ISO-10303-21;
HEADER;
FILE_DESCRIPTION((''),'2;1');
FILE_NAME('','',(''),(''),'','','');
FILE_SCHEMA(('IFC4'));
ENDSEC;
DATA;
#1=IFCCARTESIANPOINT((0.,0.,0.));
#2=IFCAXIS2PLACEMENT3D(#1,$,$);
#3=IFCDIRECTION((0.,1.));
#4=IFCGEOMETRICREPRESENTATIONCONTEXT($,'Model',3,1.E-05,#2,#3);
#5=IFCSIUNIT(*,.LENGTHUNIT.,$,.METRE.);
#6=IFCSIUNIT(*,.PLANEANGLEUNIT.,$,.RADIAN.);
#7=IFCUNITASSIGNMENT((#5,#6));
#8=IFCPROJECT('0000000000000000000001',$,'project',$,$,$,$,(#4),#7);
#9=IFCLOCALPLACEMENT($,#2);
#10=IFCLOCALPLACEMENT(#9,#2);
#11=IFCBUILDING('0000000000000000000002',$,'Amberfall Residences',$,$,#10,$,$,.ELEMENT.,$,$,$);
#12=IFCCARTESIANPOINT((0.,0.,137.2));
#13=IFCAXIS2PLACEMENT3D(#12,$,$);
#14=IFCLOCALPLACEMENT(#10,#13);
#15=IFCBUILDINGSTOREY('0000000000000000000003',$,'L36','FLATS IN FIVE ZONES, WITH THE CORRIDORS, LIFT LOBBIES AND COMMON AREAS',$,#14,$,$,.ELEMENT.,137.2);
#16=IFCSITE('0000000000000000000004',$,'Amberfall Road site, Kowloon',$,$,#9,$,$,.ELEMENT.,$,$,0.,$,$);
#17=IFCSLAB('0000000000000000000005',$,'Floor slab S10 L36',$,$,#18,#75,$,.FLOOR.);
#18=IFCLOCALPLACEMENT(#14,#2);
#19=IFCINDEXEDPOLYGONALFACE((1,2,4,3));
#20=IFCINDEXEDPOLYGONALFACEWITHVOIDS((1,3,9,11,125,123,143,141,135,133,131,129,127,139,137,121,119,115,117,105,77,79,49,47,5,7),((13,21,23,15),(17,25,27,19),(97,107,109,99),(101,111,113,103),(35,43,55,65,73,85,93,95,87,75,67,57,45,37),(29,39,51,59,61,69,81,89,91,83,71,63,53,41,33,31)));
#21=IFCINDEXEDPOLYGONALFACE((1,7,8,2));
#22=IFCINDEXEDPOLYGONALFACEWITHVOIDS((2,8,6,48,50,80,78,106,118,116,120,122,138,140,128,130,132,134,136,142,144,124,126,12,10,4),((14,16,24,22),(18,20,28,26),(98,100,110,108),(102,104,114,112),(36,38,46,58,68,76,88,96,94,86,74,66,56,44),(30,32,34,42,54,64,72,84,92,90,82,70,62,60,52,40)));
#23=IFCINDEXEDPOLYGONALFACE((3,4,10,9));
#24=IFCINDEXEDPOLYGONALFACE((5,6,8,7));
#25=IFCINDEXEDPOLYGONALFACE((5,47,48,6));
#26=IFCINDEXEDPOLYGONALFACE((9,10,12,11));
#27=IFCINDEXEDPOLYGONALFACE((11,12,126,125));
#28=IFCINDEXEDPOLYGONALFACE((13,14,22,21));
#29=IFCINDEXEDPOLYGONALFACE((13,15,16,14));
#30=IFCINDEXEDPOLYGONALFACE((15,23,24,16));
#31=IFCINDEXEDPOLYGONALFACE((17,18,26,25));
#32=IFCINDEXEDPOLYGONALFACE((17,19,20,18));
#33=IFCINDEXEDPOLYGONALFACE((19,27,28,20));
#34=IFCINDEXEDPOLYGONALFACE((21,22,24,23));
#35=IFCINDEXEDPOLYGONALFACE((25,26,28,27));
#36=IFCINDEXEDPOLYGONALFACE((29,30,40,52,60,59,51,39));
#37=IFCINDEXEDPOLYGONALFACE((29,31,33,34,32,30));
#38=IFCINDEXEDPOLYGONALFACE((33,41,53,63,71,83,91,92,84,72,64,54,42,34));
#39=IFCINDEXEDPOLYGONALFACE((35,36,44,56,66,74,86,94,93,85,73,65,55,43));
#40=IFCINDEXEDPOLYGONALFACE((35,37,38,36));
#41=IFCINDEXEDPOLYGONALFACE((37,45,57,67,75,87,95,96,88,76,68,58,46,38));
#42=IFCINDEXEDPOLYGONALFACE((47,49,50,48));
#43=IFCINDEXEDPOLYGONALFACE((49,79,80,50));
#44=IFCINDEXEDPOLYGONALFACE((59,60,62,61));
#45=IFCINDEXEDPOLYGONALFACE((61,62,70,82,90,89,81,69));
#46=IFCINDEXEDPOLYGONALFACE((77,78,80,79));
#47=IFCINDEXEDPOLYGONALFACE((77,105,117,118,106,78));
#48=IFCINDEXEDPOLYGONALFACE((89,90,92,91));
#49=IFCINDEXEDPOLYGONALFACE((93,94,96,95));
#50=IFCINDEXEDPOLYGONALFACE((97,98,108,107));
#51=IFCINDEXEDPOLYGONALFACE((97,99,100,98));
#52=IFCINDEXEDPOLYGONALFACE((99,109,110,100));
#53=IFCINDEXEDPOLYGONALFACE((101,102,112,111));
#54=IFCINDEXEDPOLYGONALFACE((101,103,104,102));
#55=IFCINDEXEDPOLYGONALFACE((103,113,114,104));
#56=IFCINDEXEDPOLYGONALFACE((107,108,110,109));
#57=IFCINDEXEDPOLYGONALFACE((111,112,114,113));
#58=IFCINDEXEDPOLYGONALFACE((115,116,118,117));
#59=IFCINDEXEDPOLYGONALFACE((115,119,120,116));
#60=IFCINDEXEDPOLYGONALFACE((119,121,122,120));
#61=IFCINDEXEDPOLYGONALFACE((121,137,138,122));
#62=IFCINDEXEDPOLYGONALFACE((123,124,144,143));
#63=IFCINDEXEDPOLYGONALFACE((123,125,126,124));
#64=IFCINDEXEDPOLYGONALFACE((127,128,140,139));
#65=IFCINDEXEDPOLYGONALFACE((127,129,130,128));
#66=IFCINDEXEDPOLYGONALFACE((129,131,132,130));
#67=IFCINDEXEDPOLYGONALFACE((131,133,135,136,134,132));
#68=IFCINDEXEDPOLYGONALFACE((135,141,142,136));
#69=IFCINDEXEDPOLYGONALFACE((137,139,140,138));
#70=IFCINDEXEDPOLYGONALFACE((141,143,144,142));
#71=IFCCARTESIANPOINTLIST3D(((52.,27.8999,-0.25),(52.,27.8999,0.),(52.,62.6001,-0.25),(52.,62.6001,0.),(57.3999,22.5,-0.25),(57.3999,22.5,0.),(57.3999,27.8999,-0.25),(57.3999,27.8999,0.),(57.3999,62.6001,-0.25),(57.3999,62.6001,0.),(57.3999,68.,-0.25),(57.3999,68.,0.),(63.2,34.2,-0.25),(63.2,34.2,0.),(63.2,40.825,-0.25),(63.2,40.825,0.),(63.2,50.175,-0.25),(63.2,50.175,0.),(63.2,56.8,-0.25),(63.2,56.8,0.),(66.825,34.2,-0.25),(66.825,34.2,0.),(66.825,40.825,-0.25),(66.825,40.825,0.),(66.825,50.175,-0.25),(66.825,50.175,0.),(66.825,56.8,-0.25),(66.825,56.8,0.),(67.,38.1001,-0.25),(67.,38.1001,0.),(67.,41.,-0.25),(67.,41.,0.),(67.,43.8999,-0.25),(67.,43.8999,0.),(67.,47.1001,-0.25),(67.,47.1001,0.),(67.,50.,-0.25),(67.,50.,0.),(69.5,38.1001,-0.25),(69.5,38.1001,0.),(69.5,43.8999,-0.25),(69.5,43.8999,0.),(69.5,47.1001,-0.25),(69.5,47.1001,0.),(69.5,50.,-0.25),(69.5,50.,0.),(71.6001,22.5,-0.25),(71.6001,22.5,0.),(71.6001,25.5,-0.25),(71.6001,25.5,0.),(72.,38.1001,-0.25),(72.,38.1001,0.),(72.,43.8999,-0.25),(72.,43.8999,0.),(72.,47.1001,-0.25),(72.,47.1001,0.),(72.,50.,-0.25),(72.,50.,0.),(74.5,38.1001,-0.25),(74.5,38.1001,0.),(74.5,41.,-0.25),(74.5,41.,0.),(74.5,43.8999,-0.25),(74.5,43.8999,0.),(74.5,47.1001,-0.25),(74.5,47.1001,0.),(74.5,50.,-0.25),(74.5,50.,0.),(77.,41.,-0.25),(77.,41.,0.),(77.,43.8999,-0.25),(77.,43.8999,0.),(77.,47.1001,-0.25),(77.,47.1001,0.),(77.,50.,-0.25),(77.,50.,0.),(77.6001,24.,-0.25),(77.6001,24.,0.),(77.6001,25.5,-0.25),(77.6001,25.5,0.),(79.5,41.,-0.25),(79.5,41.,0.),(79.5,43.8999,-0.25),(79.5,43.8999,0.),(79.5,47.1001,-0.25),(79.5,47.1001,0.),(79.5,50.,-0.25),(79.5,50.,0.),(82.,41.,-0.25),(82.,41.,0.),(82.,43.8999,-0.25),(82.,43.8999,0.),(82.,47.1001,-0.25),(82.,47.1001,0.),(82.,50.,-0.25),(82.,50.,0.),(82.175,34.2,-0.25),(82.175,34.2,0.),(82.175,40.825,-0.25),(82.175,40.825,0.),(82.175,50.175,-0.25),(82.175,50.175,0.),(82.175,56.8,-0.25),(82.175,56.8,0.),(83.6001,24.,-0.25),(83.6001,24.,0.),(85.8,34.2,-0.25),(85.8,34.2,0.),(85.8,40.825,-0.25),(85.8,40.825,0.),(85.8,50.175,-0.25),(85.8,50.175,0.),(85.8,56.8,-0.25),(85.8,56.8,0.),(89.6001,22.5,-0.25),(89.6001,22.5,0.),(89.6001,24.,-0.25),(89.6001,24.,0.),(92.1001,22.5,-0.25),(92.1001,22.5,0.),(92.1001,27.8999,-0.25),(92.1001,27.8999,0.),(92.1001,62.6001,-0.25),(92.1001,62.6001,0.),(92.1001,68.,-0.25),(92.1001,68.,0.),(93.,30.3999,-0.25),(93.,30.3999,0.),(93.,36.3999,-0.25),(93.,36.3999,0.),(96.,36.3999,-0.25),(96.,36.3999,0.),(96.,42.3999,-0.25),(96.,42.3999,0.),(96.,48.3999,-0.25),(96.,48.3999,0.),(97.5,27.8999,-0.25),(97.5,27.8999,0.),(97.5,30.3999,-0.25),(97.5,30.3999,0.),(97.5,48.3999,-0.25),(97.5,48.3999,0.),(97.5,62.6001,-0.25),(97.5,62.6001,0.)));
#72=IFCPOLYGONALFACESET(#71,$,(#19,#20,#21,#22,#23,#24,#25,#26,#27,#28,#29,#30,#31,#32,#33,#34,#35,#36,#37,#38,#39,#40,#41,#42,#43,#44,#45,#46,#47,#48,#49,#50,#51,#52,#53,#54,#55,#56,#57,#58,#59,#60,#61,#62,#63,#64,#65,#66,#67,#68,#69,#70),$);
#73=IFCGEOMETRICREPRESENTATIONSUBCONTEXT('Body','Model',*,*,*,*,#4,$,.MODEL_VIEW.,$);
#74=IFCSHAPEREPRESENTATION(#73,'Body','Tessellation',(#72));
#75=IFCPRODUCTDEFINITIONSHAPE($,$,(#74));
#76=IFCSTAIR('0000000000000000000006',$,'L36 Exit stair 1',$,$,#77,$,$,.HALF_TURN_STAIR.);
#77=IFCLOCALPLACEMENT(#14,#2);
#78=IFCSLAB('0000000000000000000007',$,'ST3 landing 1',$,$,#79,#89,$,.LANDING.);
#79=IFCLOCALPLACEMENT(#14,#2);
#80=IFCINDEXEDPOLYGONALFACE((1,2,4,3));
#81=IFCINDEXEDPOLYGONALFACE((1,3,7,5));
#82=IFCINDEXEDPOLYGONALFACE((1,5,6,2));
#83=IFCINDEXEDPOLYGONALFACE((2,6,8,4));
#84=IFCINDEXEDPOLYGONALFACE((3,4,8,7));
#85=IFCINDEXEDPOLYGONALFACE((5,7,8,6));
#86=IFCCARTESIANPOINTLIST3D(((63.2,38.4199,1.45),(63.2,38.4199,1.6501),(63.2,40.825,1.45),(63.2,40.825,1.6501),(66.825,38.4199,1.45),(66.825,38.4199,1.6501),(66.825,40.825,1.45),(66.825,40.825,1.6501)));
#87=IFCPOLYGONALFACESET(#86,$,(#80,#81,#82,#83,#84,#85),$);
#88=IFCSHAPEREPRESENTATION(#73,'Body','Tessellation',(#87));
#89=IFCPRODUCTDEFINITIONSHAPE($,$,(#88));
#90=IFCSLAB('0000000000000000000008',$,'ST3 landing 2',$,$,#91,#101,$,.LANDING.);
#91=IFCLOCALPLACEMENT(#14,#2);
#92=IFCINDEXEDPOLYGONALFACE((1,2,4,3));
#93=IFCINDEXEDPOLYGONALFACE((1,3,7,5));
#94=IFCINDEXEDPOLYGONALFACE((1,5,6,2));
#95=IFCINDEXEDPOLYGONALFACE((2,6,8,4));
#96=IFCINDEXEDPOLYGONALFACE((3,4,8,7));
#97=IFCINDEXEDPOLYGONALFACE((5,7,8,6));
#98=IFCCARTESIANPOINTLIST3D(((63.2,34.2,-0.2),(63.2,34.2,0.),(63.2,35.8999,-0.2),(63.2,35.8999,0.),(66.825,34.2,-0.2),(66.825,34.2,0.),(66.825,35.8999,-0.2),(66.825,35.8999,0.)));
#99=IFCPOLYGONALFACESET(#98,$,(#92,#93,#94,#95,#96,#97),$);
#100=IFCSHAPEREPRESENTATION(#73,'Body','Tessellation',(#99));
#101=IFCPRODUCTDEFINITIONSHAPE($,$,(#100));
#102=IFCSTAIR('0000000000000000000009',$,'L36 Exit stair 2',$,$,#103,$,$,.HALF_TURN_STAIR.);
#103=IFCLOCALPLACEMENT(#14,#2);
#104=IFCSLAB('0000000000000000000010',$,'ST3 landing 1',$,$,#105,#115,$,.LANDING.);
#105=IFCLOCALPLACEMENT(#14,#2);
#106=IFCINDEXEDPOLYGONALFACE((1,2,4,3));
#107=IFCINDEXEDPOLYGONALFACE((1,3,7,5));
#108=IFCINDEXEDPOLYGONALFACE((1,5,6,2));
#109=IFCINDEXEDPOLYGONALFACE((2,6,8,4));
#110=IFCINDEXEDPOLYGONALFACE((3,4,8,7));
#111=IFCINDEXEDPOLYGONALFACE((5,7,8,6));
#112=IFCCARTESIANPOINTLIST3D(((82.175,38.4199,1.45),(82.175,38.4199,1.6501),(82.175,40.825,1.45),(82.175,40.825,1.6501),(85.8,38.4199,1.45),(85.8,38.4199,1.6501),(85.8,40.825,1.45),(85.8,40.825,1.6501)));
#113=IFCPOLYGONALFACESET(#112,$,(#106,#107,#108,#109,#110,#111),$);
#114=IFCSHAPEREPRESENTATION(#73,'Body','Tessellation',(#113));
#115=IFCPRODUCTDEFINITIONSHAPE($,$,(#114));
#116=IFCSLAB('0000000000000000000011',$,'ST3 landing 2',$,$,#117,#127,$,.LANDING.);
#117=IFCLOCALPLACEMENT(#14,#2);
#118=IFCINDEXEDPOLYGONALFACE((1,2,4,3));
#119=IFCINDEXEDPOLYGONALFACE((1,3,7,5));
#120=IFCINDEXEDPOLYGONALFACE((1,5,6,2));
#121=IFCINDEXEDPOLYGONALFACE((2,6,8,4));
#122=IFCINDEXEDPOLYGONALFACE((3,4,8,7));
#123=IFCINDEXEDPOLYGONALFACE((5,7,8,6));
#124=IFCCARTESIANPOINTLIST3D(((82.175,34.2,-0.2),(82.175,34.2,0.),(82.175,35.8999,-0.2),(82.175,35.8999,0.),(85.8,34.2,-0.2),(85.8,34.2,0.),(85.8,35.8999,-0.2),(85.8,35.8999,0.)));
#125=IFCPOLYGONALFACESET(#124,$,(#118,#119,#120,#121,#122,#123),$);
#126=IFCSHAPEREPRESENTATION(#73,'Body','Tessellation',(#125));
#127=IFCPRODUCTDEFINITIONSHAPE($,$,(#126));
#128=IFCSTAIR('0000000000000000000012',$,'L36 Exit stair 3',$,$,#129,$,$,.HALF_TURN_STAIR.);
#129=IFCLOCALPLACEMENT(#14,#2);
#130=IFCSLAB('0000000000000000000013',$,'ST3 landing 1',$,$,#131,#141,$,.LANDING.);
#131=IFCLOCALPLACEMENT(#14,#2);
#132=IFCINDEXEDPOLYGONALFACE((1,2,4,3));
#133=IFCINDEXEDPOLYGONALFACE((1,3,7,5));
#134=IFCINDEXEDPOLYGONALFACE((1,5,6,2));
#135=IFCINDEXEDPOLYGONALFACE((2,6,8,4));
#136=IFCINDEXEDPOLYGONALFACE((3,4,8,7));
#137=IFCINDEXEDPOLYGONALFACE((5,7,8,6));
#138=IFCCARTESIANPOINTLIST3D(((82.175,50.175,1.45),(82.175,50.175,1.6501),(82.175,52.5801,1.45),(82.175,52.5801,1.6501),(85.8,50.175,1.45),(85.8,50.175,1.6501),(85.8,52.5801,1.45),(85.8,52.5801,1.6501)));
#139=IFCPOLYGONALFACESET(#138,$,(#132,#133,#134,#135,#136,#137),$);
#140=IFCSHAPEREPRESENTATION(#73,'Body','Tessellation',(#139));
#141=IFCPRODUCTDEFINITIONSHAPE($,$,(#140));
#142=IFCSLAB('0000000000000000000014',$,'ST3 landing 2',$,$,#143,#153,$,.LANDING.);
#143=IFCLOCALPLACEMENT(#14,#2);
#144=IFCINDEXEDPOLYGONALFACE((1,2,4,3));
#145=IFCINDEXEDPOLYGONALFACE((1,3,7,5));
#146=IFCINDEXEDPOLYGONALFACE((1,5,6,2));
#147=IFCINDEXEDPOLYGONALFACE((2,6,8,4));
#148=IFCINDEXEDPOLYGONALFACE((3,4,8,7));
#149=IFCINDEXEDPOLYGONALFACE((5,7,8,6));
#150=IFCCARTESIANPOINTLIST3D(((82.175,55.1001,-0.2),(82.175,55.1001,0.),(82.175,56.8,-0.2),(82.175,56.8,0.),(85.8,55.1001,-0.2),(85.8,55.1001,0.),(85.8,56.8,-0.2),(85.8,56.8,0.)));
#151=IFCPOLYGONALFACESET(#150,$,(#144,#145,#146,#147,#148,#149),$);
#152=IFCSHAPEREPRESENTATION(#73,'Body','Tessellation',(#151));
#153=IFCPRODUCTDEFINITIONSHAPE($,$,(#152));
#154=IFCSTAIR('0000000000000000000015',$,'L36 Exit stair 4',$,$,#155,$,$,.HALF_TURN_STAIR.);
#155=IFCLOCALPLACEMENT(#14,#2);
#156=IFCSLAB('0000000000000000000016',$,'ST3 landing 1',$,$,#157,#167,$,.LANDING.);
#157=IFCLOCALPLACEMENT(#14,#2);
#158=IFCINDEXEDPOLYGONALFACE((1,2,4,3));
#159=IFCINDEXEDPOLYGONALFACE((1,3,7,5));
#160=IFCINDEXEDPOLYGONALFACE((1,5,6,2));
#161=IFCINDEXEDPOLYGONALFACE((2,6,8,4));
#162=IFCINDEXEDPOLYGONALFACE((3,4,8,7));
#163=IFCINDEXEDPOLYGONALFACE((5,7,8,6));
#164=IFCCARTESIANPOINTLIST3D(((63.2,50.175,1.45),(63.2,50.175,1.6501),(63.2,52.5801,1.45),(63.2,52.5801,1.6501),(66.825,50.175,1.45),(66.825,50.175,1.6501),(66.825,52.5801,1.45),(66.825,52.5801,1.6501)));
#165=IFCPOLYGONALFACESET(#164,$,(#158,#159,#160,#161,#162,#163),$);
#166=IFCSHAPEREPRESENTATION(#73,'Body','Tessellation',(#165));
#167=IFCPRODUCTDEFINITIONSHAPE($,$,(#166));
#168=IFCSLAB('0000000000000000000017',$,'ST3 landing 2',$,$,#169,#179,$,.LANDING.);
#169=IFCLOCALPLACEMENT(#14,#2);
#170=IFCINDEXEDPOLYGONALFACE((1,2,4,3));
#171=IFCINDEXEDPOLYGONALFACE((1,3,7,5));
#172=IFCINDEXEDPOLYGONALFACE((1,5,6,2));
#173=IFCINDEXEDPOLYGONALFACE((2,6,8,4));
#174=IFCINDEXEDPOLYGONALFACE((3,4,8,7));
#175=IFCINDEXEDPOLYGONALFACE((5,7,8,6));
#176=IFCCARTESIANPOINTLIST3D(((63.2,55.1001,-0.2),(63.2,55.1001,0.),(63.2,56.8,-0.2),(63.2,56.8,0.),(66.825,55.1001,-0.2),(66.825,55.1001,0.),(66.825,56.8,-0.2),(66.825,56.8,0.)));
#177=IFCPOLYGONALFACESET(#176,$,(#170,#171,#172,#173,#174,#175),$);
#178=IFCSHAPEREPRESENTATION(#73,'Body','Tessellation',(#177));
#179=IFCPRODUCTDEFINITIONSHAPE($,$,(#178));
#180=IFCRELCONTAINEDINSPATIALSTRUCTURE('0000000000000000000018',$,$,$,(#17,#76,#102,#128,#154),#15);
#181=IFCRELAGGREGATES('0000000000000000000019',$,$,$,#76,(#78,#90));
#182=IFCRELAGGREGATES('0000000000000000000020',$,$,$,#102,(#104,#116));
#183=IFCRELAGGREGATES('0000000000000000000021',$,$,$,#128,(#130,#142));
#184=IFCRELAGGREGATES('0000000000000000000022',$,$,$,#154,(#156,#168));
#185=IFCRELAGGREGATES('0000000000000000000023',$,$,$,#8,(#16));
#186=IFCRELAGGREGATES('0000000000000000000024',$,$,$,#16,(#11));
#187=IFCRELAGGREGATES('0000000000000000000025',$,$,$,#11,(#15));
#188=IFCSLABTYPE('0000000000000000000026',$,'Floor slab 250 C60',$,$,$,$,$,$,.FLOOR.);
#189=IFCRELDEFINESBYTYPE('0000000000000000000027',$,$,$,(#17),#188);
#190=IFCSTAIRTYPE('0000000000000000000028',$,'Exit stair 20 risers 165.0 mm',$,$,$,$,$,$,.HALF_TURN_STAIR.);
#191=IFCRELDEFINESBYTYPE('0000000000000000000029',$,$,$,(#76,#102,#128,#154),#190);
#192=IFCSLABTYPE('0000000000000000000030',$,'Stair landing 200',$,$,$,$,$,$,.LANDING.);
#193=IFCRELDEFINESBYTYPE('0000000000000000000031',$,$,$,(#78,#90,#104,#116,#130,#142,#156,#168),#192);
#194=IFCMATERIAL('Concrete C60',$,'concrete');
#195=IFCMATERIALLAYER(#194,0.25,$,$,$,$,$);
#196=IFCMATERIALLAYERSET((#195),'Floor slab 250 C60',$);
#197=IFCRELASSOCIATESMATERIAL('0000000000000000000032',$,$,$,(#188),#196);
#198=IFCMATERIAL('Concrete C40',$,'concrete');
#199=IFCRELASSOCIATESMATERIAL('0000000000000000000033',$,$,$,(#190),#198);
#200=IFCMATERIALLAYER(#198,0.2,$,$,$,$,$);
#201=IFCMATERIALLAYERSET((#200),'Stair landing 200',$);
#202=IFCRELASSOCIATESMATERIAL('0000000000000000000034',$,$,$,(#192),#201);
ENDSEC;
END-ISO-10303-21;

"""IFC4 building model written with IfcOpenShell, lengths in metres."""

from ifc_helpers import new_model, si_unit, direction, frame, origin, place, context, subcontext, project, spatial, polyline, outline, extrude, material, layer, layer_set, type_object, element, aggregate, save


model = new_model("IFC4")

# Units and contexts
model_context = context("Model", 3, precision=1e-05, world=origin(), true_north=direction((0.0, 1.0)))
body_context = subcontext(model_context, "Body", "Model", "MODEL_VIEW")
ifc_project = project(units=[si_unit("LENGTHUNIT", "METRE"), si_unit("PLANEANGLEUNIT", "RADIAN")], contexts=[model_context])

# Site, building, storey
site_placement = place(None, origin())
site = spatial("IfcSite", under=ifc_project, at=site_placement, Name="Amberfall Road site, Kowloon", CompositionType="ELEMENT", RefElevation=0.0)
building_placement = place(site_placement, origin())
building = spatial("IfcBuilding", under=site, at=building_placement, Name="Amberfall Residences", CompositionType="ELEMENT")
storey_placement = place(building_placement, frame((0.0, 0.0, 137.2)))
storey = spatial("IfcBuildingStorey", under=building, at=storey_placement, Name="L36", Description="FLATS IN FIVE ZONES, WITH THE CORRIDORS, LIFT LOBBIES AND COMMON AREAS", CompositionType="ELEMENT", Elevation=137.2)

# Slab
ifc_material_1 = material(Name="Concrete C60", Category="concrete")
ifc_layer_1 = layer(ifc_material_1, 0.25)
ifc_layer_set_1 = layer_set([ifc_layer_1], Name="Floor slab 250 C60")
slab_type_1 = type_object("IfcSlabType", Name="Floor slab 250 C60", PredefinedType="FLOOR", material=ifc_layer_set_1)
slab_1_placement = place(storey_placement, frame((0.0, 0.0, -0.25)))
element("IfcSlab", 1, at=slab_1_placement, inside=storey, type_object=slab_type_1, Name="Floor slab S10 L36", PredefinedType="FLOOR", context=body_context, shape_type="SweptSolid", body=[
    extrude(outline(polyline([(89.6001, 22.5), (89.6001, 24.0), (83.6001, 24.0), (77.6001, 24.0), (77.6001, 25.5), (71.6001, 25.5), (71.6001, 22.5), (57.3999, 22.5), (57.3999, 27.8999), (52.0, 27.8999), (52.0, 62.6001), (57.3999, 62.6001), (57.3999, 68.0), (92.1001, 68.0), (92.1001, 62.6001), (97.5, 62.6001), (97.5, 48.3999), (96.0, 48.3999), (96.0, 42.3999), (96.0, 36.3999), (93.0, 36.3999), (93.0, 30.3999), (97.5, 30.3999), (97.5, 27.8999), (92.1001, 27.8999), (92.1001, 22.5), (89.6001, 22.5)]), holes=[polyline([(85.8, 34.2), (85.8, 40.825), (82.175, 40.825), (82.175, 34.2), (85.8, 34.2)]), polyline([(82.175, 50.175), (85.8, 50.175), (85.8, 56.8), (82.175, 56.8), (82.175, 50.175)]), polyline([(69.5, 50.0), (67.0, 50.0), (67.0, 47.1001), (69.5, 47.1001), (72.0, 47.1001), (74.5, 47.1001), (77.0, 47.1001), (79.5, 47.1001), (82.0, 47.1001), (82.0, 50.0), (79.5, 50.0), (77.0, 50.0), (74.5, 50.0), (72.0, 50.0), (69.5, 50.0)]), polyline([(74.5, 41.0), (77.0, 41.0), (79.5, 41.0), (82.0, 41.0), (82.0, 43.8999), (79.5, 43.8999), (77.0, 43.8999), (74.5, 43.8999), (72.0, 43.8999), (69.5, 43.8999), (67.0, 43.8999), (67.0, 41.0), (67.0, 38.1001), (69.5, 38.1001), (72.0, 38.1001), (74.5, 38.1001), (74.5, 41.0)]), polyline([(66.825, 34.2), (66.825, 40.825), (63.2, 40.825), (63.2, 34.2), (66.825, 34.2)]), polyline([(66.825, 50.175), (66.825, 56.8), (63.2, 56.8), (63.2, 50.175), (66.825, 50.175)])]), origin(), (0.0, 0.0, 1.0), 0.25),
])

# Stairs, slabs
ifc_material_2 = material(Name="Concrete C40", Category="concrete")
stair_type = type_object("IfcStairType", Name="Exit stair 20 risers 165.0 mm", PredefinedType="HALF_TURN_STAIR", material=ifc_material_2)
stair_1_placement = place(storey_placement, origin())
stair_1 = element("IfcStair", 2, at=stair_1_placement, inside=storey, type_object=stair_type, Name="L36 Exit stair 1", PredefinedType="HALF_TURN_STAIR")
ifc_layer_2 = layer(ifc_material_2, 0.2)
ifc_layer_set_2 = layer_set([ifc_layer_2], Name="Stair landing 200")
slab_type_2 = type_object("IfcSlabType", Name="Stair landing 200", PredefinedType="LANDING", material=ifc_layer_set_2)
slab_2_placement = place(storey_placement, frame((0.0, 0.0, 1.45)))
slab_2 = element("IfcSlab", 3, at=slab_2_placement, type_object=slab_type_2, Name="ST3 landing 1", PredefinedType="LANDING", context=body_context, shape_type="SweptSolid", body=[
    extrude(outline(polyline([(66.825, 38.4199), (66.825, 40.825), (63.2, 40.825), (63.2, 38.4199), (66.825, 38.4199)])), origin(), (0.0, 0.0, 1.0), 0.2002),
])
slab_3_placement = place(storey_placement, frame((0.0, 0.0, -0.2)))
slab_3 = element("IfcSlab", 4, at=slab_3_placement, type_object=slab_type_2, Name="ST3 landing 2", PredefinedType="LANDING", context=body_context, shape_type="SweptSolid", body=[
    extrude(outline(polyline([(66.825, 34.2), (66.825, 35.8999), (63.2, 35.8999), (63.2, 34.2), (66.825, 34.2)])), origin(), (0.0, 0.0, 1.0), 0.2),
])
aggregate(stair_1, [slab_2, slab_3])
stair_2_placement = place(storey_placement, origin())
stair_2 = element("IfcStair", 5, at=stair_2_placement, inside=storey, type_object=stair_type, Name="L36 Exit stair 2", PredefinedType="HALF_TURN_STAIR")
slab_4_placement = place(storey_placement, frame((0.0, 0.0, 1.45)))
slab_4 = element("IfcSlab", 6, at=slab_4_placement, type_object=slab_type_2, Name="ST3 landing 1", PredefinedType="LANDING", context=body_context, shape_type="SweptSolid", body=[
    extrude(outline(polyline([(85.8, 38.4199), (85.8, 40.825), (82.175, 40.825), (82.175, 38.4199), (85.8, 38.4199)])), origin(), (0.0, 0.0, 1.0), 0.2002),
])
slab_5_placement = place(storey_placement, frame((0.0, 0.0, -0.2)))
slab_5 = element("IfcSlab", 7, at=slab_5_placement, type_object=slab_type_2, Name="ST3 landing 2", PredefinedType="LANDING", context=body_context, shape_type="SweptSolid", body=[
    extrude(outline(polyline([(85.8, 34.2), (85.8, 35.8999), (82.175, 35.8999), (82.175, 34.2), (85.8, 34.2)])), origin(), (0.0, 0.0, 1.0), 0.2),
])
aggregate(stair_2, [slab_4, slab_5])
stair_3_placement = place(storey_placement, origin())
stair_3 = element("IfcStair", 8, at=stair_3_placement, inside=storey, type_object=stair_type, Name="L36 Exit stair 3", PredefinedType="HALF_TURN_STAIR")
slab_6_placement = place(storey_placement, frame((0.0, 0.0, 1.45)))
slab_6 = element("IfcSlab", 9, at=slab_6_placement, type_object=slab_type_2, Name="ST3 landing 1", PredefinedType="LANDING", context=body_context, shape_type="SweptSolid", body=[
    extrude(outline(polyline([(82.175, 52.5801), (82.175, 50.175), (85.8, 50.175), (85.8, 52.5801), (82.175, 52.5801)])), origin(), (0.0, 0.0, 1.0), 0.2002),
])
slab_7_placement = place(storey_placement, frame((0.0, 0.0, -0.2)))
slab_7 = element("IfcSlab", 10, at=slab_7_placement, type_object=slab_type_2, Name="ST3 landing 2", PredefinedType="LANDING", context=body_context, shape_type="SweptSolid", body=[
    extrude(outline(polyline([(82.175, 56.8), (82.175, 55.1001), (85.8, 55.1001), (85.8, 56.8), (82.175, 56.8)])), origin(), (0.0, 0.0, 1.0), 0.2),
])
aggregate(stair_3, [slab_6, slab_7])
stair_4_placement = place(storey_placement, origin())
stair_4 = element("IfcStair", 11, at=stair_4_placement, inside=storey, type_object=stair_type, Name="L36 Exit stair 4", PredefinedType="HALF_TURN_STAIR")
slab_8_placement = place(storey_placement, frame((0.0, 0.0, 1.45)))
slab_8 = element("IfcSlab", 12, at=slab_8_placement, type_object=slab_type_2, Name="ST3 landing 1", PredefinedType="LANDING", context=body_context, shape_type="SweptSolid", body=[
    extrude(outline(polyline([(63.2, 52.5801), (63.2, 50.175), (66.825, 50.175), (66.825, 52.5801), (63.2, 52.5801)])), origin(), (0.0, 0.0, 1.0), 0.2002),
])
slab_9_placement = place(storey_placement, frame((0.0, 0.0, -0.2)))
slab_9 = element("IfcSlab", 13, at=slab_9_placement, type_object=slab_type_2, Name="ST3 landing 2", PredefinedType="LANDING", context=body_context, shape_type="SweptSolid", body=[
    extrude(outline(polyline([(63.2, 56.8), (63.2, 55.1001), (66.825, 55.1001), (66.825, 56.8), (63.2, 56.8)])), origin(), (0.0, 0.0, 1.0), 0.2),
])
aggregate(stair_4, [slab_8, slab_9])

save(model, "model.ifc")
